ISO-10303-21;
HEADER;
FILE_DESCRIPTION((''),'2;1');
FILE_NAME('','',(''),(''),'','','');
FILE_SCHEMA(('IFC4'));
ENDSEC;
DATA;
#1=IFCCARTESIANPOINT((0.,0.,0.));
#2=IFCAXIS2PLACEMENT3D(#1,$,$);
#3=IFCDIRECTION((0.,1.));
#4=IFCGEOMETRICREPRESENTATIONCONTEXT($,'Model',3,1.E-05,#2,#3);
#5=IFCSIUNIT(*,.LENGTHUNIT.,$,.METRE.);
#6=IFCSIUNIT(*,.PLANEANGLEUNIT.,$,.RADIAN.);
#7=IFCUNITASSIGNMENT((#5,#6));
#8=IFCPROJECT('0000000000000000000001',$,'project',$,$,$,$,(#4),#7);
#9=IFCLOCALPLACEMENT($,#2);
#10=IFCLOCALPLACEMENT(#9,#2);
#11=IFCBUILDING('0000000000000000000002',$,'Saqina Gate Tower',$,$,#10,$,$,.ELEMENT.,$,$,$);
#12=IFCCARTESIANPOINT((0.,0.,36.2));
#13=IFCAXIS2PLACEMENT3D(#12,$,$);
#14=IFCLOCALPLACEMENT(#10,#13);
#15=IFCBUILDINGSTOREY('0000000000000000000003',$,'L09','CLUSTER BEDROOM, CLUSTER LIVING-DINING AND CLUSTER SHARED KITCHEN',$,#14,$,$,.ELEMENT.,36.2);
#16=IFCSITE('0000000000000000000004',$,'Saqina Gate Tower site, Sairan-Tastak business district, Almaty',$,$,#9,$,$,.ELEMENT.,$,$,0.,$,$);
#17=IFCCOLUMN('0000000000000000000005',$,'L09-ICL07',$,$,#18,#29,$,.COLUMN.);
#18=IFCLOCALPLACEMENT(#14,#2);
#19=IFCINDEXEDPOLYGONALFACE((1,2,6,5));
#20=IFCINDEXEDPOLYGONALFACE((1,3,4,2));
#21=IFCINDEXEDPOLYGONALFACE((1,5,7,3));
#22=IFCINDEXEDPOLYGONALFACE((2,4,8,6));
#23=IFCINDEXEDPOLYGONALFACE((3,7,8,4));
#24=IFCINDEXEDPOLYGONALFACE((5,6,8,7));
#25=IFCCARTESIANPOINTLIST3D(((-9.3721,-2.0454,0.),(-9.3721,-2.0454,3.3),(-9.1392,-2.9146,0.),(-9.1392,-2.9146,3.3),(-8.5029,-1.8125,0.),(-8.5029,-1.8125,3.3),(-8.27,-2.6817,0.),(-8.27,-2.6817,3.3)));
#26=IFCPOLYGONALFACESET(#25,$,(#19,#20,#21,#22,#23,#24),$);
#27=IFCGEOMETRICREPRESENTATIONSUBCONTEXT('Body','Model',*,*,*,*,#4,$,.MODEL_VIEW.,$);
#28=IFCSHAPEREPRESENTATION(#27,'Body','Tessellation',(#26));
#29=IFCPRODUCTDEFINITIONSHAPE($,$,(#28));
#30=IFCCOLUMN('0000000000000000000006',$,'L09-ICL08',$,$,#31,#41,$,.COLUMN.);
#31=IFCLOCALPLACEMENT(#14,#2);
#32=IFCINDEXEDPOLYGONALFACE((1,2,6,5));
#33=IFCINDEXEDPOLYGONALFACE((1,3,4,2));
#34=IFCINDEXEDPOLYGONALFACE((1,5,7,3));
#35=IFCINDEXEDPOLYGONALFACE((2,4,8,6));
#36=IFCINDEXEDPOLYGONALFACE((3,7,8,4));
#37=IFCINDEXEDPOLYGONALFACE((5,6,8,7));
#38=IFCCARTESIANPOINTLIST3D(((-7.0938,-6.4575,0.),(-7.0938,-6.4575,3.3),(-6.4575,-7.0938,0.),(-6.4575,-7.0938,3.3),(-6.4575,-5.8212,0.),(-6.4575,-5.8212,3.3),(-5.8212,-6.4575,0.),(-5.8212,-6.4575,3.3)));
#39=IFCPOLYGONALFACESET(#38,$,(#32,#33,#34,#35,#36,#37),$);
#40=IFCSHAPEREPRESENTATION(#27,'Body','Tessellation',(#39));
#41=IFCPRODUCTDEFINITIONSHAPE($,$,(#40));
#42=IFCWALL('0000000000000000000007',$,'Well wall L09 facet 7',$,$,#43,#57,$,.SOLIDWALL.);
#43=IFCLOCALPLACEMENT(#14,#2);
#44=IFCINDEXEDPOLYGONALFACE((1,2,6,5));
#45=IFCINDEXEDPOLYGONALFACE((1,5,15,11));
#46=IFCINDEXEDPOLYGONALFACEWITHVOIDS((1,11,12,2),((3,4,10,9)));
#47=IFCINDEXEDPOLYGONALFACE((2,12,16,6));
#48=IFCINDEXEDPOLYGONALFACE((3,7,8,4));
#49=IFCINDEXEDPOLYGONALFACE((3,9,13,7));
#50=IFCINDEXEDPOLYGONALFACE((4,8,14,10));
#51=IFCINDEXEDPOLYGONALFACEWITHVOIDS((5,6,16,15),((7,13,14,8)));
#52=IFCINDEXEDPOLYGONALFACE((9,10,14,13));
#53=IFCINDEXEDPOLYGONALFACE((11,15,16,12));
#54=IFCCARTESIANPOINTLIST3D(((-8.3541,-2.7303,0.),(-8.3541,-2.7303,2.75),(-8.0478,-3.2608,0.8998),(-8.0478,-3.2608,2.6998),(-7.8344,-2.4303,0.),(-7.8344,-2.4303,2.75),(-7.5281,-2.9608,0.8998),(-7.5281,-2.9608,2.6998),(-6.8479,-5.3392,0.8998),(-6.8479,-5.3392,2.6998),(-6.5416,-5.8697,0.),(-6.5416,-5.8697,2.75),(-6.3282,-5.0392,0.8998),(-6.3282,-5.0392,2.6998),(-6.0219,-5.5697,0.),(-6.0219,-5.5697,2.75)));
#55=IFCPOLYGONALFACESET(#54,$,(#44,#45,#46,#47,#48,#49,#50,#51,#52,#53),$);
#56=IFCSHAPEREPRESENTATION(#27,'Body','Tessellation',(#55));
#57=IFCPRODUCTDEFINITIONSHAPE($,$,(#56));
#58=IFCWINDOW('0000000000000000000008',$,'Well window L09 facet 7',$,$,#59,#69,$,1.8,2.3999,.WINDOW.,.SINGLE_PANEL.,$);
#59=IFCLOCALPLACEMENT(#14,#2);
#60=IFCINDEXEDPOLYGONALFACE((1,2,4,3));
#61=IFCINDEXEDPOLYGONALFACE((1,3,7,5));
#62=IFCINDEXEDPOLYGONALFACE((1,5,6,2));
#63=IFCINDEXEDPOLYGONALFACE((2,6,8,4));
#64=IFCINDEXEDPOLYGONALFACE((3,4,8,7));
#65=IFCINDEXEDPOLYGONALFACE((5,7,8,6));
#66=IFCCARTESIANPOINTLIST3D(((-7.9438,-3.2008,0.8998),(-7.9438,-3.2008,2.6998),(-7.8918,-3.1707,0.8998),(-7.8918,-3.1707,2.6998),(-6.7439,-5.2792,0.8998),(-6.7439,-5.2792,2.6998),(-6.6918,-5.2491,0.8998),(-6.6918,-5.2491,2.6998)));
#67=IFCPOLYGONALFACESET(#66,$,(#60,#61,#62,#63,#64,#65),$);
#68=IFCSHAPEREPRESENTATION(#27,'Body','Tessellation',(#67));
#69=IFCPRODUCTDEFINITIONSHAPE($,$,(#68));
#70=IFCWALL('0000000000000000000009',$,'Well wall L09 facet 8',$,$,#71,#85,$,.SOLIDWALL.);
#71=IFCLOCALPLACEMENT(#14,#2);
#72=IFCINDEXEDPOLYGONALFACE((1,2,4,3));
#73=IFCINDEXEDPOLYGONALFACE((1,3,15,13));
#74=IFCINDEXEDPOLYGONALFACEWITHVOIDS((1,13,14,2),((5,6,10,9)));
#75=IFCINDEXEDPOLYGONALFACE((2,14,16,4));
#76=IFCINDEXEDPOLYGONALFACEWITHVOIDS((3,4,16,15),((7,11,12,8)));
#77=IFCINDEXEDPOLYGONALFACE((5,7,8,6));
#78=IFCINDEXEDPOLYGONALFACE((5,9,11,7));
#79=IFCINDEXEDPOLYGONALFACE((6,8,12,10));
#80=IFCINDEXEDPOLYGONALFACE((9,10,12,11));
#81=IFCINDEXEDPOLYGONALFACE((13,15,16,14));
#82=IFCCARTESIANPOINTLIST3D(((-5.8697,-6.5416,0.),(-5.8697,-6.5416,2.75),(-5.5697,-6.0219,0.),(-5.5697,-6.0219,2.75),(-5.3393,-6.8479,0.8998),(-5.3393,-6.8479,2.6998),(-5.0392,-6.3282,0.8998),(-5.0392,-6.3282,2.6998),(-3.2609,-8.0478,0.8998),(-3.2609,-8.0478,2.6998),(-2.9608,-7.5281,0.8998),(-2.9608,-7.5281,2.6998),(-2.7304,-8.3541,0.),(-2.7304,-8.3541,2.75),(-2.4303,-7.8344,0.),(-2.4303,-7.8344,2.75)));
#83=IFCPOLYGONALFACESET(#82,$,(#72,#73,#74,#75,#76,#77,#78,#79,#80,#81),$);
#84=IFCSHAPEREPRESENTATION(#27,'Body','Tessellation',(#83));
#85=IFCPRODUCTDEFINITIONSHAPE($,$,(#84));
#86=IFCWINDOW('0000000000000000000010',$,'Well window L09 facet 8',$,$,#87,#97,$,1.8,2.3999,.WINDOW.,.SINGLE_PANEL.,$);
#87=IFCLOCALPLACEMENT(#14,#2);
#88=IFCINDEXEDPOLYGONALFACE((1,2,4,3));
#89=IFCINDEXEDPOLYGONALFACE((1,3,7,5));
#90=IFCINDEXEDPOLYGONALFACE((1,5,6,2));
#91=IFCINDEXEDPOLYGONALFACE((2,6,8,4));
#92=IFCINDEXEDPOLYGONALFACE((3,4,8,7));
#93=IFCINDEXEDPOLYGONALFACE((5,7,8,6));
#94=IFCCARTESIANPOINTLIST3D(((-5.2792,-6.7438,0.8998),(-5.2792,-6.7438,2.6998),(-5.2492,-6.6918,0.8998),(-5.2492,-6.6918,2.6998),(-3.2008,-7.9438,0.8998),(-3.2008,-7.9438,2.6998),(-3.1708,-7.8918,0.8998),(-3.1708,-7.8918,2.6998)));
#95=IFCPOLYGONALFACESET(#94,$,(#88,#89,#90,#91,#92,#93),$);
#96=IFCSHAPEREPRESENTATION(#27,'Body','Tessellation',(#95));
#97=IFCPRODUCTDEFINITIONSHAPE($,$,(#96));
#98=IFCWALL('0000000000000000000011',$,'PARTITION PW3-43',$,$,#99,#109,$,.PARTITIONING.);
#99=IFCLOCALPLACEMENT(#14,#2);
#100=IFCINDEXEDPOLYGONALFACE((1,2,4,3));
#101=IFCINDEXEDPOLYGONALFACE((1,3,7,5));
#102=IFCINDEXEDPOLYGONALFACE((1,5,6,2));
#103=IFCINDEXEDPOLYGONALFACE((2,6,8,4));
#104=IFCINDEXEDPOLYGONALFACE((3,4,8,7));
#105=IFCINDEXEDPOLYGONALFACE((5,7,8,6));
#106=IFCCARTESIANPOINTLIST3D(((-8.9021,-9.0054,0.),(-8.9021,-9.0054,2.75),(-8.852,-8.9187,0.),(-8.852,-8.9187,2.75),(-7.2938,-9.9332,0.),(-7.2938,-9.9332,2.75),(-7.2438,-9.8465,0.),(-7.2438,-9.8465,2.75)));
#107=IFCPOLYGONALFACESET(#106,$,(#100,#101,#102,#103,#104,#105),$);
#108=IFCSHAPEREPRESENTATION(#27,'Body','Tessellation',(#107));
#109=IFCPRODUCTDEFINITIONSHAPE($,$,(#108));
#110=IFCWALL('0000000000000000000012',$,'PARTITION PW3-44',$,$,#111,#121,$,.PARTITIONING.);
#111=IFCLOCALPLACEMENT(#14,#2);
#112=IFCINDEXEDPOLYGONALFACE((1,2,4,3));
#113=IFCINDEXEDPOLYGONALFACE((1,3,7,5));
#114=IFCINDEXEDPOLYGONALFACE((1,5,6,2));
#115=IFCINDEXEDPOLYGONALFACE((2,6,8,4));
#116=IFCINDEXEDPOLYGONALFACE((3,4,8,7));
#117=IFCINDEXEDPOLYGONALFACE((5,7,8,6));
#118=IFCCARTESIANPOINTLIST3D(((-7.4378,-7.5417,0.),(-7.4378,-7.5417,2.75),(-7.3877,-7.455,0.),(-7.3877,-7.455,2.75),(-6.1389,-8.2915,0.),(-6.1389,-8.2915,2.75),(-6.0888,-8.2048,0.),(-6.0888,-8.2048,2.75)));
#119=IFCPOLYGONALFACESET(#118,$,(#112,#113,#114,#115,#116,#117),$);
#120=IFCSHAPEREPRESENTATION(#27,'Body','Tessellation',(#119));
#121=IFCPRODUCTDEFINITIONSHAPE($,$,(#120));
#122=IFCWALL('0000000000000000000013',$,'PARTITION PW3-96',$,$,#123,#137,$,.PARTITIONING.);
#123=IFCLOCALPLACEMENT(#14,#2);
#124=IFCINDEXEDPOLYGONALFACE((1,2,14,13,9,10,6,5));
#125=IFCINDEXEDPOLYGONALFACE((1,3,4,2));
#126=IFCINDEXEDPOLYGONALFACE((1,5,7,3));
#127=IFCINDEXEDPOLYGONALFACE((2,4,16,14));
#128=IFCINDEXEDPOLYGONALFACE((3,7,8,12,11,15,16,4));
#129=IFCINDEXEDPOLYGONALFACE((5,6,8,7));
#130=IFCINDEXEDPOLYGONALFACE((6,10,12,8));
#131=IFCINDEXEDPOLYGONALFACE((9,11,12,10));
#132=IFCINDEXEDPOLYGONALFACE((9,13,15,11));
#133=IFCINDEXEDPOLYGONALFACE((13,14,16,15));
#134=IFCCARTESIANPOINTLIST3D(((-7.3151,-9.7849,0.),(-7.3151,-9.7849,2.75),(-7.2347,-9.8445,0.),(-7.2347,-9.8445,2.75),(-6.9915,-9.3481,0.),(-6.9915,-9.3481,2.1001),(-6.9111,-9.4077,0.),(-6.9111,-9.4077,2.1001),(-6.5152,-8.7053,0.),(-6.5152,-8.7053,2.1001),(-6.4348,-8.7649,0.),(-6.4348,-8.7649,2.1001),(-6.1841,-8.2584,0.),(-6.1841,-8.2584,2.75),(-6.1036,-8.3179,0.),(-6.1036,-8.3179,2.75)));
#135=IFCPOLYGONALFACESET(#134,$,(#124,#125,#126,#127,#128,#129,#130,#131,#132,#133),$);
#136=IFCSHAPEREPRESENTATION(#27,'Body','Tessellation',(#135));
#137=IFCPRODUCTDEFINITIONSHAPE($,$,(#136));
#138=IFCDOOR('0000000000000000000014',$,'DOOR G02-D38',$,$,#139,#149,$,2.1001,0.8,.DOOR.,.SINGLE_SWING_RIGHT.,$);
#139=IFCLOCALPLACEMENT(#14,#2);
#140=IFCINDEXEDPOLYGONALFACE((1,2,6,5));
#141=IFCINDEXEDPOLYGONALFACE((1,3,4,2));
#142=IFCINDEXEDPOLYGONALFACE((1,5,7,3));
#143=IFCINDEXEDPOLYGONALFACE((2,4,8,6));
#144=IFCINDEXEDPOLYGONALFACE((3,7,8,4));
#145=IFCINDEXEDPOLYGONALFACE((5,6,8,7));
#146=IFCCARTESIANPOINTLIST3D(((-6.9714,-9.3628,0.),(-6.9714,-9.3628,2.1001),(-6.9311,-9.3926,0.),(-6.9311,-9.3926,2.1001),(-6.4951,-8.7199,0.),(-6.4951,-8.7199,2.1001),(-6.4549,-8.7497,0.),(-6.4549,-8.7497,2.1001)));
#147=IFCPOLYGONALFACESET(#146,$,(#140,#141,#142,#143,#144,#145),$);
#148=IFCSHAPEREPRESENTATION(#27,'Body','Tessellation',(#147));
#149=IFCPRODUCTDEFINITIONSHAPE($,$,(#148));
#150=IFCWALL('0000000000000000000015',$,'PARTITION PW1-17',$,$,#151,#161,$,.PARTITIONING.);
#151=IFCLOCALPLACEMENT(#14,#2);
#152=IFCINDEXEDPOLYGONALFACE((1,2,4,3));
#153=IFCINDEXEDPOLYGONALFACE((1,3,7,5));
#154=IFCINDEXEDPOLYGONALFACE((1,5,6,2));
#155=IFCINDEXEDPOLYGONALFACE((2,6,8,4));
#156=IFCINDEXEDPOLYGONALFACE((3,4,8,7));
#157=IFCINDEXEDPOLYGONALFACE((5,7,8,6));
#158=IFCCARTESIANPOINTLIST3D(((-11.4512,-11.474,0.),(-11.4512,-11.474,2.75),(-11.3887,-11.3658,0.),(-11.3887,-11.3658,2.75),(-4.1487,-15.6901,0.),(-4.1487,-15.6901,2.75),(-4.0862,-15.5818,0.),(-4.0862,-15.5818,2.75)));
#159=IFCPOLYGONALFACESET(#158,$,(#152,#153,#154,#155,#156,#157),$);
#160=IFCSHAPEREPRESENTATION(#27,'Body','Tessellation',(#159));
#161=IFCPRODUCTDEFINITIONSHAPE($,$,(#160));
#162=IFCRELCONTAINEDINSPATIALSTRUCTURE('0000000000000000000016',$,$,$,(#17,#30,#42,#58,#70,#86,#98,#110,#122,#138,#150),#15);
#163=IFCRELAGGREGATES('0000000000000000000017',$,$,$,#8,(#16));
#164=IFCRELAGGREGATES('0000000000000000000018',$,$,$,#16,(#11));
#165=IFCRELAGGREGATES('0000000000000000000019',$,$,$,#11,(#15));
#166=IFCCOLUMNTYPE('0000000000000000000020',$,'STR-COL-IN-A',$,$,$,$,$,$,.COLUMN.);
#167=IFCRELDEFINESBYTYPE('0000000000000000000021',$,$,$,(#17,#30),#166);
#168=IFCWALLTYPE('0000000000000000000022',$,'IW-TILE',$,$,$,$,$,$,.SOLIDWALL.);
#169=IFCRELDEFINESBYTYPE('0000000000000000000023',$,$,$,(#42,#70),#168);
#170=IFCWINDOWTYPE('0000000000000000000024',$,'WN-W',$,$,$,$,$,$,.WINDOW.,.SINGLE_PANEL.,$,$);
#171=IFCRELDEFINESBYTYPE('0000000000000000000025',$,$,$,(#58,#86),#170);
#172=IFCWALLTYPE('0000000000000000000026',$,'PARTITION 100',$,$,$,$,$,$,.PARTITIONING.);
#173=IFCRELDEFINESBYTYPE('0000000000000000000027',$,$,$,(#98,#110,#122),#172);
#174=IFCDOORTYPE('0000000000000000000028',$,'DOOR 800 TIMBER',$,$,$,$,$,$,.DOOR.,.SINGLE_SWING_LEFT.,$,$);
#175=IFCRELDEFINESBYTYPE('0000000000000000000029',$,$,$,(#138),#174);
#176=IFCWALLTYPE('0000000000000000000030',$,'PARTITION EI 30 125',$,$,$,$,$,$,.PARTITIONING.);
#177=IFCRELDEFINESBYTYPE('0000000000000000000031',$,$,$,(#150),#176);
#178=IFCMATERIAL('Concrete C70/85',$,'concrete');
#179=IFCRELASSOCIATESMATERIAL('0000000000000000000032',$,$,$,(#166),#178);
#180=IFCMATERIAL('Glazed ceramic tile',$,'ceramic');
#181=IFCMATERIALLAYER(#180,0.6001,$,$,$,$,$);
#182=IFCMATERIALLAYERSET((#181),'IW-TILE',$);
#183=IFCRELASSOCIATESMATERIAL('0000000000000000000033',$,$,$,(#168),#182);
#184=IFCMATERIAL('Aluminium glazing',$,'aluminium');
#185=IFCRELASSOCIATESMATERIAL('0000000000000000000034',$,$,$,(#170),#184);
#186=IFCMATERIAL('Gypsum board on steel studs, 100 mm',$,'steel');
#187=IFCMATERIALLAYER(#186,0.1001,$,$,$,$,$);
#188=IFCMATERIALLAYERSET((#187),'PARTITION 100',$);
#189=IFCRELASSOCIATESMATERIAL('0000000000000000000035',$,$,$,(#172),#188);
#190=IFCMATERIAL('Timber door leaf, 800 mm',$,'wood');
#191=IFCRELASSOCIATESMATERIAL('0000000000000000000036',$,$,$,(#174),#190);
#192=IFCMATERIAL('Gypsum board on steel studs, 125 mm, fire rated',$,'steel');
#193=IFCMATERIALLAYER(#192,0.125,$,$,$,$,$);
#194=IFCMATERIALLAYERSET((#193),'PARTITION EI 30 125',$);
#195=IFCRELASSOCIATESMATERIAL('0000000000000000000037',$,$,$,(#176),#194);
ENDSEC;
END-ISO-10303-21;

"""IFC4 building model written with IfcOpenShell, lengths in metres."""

from ifc_helpers import new_model, si_unit, direction, frame, frame_2d, origin, origin_2d, place, context, subcontext, project, spatial, rectangle, extrude, material, layer, layer_set, material_profile, profile_set, type_object, element, fill, save


model = new_model("IFC4")

# Units and contexts
model_context = context("Model", 3, precision=1e-05, world=origin(), true_north=direction((0.0, 1.0)))
body_context = subcontext(model_context, "Body", "Model", "MODEL_VIEW")
ifc_project = project(units=[si_unit("LENGTHUNIT", "METRE"), si_unit("PLANEANGLEUNIT", "RADIAN")], contexts=[model_context])

# Site, building, storey
site_placement = place(None, origin())
site = spatial("IfcSite", under=ifc_project, at=site_placement, Name="Saqina Gate Tower site, Sairan-Tastak business district, Almaty", CompositionType="ELEMENT", RefElevation=0.0)
building_placement = place(site_placement, origin())
building = spatial("IfcBuilding", under=site, at=building_placement, Name="Saqina Gate Tower", CompositionType="ELEMENT")
storey_placement = place(building_placement, frame((0.0, 0.0, 36.2)))
storey = spatial("IfcBuildingStorey", under=building, at=storey_placement, Name="L09", Description="CLUSTER BEDROOM, CLUSTER LIVING-DINING AND CLUSTER SHARED KITCHEN", CompositionType="ELEMENT", Elevation=36.2)

# Columns
ifc_material_1 = material(Name="Concrete C70/85", Category="concrete")
ifc_material_profile = material_profile(ifc_material_1, rectangle(XDim=0.8999, YDim=0.8999, at=origin_2d()), Name="RC 900x900")
ifc_profile_set = profile_set([ifc_material_profile], Name="Concrete C70/85")
column_type = type_object("IfcColumnType", Name="STR-COL-IN-A", PredefinedType="COLUMN", material=ifc_profile_set)
for number, where, z_axis, x_axis, name in (
    (1, (-8.821, -2.3635, 0.0), (0.0, 0.0, 1.0), (-0.965926, -0.258819, 0.0), "L09-ICL07"),
    (2, (-6.4575, -6.4575, 0.0), (0.0, 0.0, 1.0), (-0.707107, -0.707107, 0.0), "L09-ICL08"),
):
    element("IfcColumn", number, at=place(storey_placement, frame(where, z_axis=z_axis, x_axis=x_axis)), inside=storey, type_object=column_type, Name=name, PredefinedType="COLUMN", context=body_context, shape_type="SweptSolid", body=[
        extrude(rectangle(XDim=0.8999, YDim=0.8999, at=origin_2d()), origin(), (0.0, 0.0, 1.0), 3.3),
    ])

# Walls, openings, windows
ifc_material_2 = material(Name="Glazed ceramic tile", Category="ceramic")
ifc_layer_1 = layer(ifc_material_2, 0.6001)
ifc_layer_set_1 = layer_set([ifc_layer_1], Name="IW-TILE")
wall_type_1 = type_object("IfcWallType", Name="IW-TILE", PredefinedType="SOLIDWALL", material=ifc_layer_set_1)
wall_1_placement = place(storey_placement, frame((-8.0942, -2.5803, 0.0), z_axis=(0.0, 0.0, 1.0), x_axis=(0.499993, -0.86603, 0.0)))
wall_1 = element("IfcWall", 3, at=wall_1_placement, inside=storey, type_object=wall_type_1, Name="Well wall L09 facet 7", PredefinedType="SOLIDWALL", context=body_context, shape_type="SweptSolid", body=[
    extrude(rectangle(XDim=3.625, YDim=0.6001, at=frame_2d((1.8125, 0.0))), origin(), (0.0, 0.0, 1.0), 2.75),
])
opening_1_placement = place(wall_1_placement, frame((0.6125, 0.0, 0.8999)))
opening_1 = element("IfcOpeningElement", 4, at=opening_1_placement, cuts=wall_1, PredefinedType="OPENING", context=body_context, shape_type="SweptSolid", body=[
    extrude(rectangle(XDim=2.3999, YDim=1.8, at=frame_2d((1.2, 0.8999))), frame((0.0, 0.312, 0.0), z_axis=(0.0, -1.0, 0.0), x_axis=(1.0, 0.0, 0.0)), (0.0, 0.0, 1.0), 0.624),
])
ifc_material_3 = material(Name="Aluminium glazing", Category="aluminium")
window_type = type_object("IfcWindowType", Name="WN-W", PartitioningType="SINGLE_PANEL", PredefinedType="WINDOW", material=ifc_material_3)
window_1_placement = place(opening_1_placement, origin())
window_1 = element("IfcWindow", 5, at=window_1_placement, inside=storey, type_object=window_type, Name="Well window L09 facet 7", OverallHeight=1.8, OverallWidth=2.3999, PartitioningType="SINGLE_PANEL", PredefinedType="WINDOW", context=body_context, shape_type="SweptSolid", body=[
    extrude(rectangle(XDim=2.3999, YDim=1.8, at=frame_2d((1.2, 0.8999))), frame((0.0, -0.1199, 0.0), z_axis=(0.0, -1.0, 0.0), x_axis=(1.0, 0.0, 0.0)), (0.0, 0.0, 1.0), 0.0601),
])
fill(opening_1, window_1)
wall_2_placement = place(storey_placement, frame((-5.7197, -6.2817, 0.0), z_axis=(0.0, 0.0, 1.0), x_axis=(0.86603, -0.499993, 0.0)))
wall_2 = element("IfcWall", 6, at=wall_2_placement, inside=storey, type_object=wall_type_1, Name="Well wall L09 facet 8", PredefinedType="SOLIDWALL", context=body_context, shape_type="SweptSolid", body=[
    extrude(rectangle(XDim=3.625, YDim=0.6001, at=frame_2d((1.8125, 0.0))), origin(), (0.0, 0.0, 1.0), 2.75),
])
opening_2_placement = place(wall_2_placement, frame((0.6125, 0.0, 0.8999)))
opening_2 = element("IfcOpeningElement", 7, at=opening_2_placement, cuts=wall_2, PredefinedType="OPENING", context=body_context, shape_type="SweptSolid", body=[
    extrude(rectangle(XDim=2.3999, YDim=1.8, at=frame_2d((1.2, 0.8999))), frame((0.0, 0.312, 0.0), z_axis=(0.0, -1.0, 0.0), x_axis=(1.0, 0.0, 0.0)), (0.0, 0.0, 1.0), 0.624),
])
window_2_placement = place(opening_2_placement, origin())
window_2 = element("IfcWindow", 8, at=window_2_placement, inside=storey, type_object=window_type, Name="Well window L09 facet 8", OverallHeight=1.8, OverallWidth=2.3999, PartitioningType="SINGLE_PANEL", PredefinedType="WINDOW", context=body_context, shape_type="SweptSolid", body=[
    extrude(rectangle(XDim=2.3999, YDim=1.8, at=frame_2d((1.2, 0.8999))), frame((0.0, -0.1199, 0.0), z_axis=(0.0, -1.0, 0.0), x_axis=(1.0, 0.0, 0.0)), (0.0, 0.0, 1.0), 0.0601),
])
fill(opening_2, window_2)

# Walls
ifc_material_4 = material(Name="Gypsum board on steel studs, 100 mm", Category="steel")
ifc_layer_2 = layer(ifc_material_4, 0.1001)
ifc_layer_set_2 = layer_set([ifc_layer_2], Name="PARTITION 100")
wall_type_2 = type_object("IfcWallType", Name="PARTITION 100", PredefinedType="PARTITIONING", material=ifc_layer_set_2)
wall_3_placement = place(storey_placement, frame((-8.877, -8.9622, 0.0), z_axis=(0.0, 0.0, 1.0), x_axis=(0.866197, -0.499703, 0.0)))
element("IfcWall", 9, at=wall_3_placement, inside=storey, type_object=wall_type_2, Name="PARTITION PW3-43", PredefinedType="PARTITIONING", context=body_context, shape_type="SweptSolid", body=[
    extrude(rectangle(XDim=1.8567, YDim=0.1001, at=frame_2d((0.9282, 0.0))), origin(), (0.0, 0.0, 1.0), 2.75),
])
wall_4_placement = place(storey_placement, frame((-7.4128, -7.4983, 0.0), z_axis=(0.0, 0.0, 1.0), x_axis=(0.866061, -0.499939, 0.0)))
element("IfcWall", 10, at=wall_4_placement, inside=storey, type_object=wall_type_2, Name="PARTITION PW3-44", PredefinedType="PARTITIONING", context=body_context, shape_type="SweptSolid", body=[
    extrude(rectangle(XDim=1.4998, YDim=0.1001, at=frame_2d((0.75, 0.0))), origin(), (0.0, 0.0, 1.0), 2.75),
])

# Wall, opening, door
wall_5_placement = place(storey_placement, frame((-7.2749, -9.8147, 0.0), z_axis=(0.0, 0.0, 1.0), x_axis=(0.595323, 0.803487, 0.0)))
wall_5 = element("IfcWall", 11, at=wall_5_placement, inside=storey, type_object=wall_type_2, Name="PARTITION PW3-96", PredefinedType="PARTITIONING", context=body_context, shape_type="SweptSolid", body=[
    extrude(rectangle(XDim=1.8999, YDim=0.1001, at=frame_2d((0.95, 0.0))), origin(), (0.0, 0.0, 1.0), 2.75),
])
opening_3_placement = place(wall_5_placement, frame((0.5437, 0.0, 0.0)))
opening_3 = element("IfcOpeningElement", 12, at=opening_3_placement, cuts=wall_5, PredefinedType="OPENING", context=body_context, shape_type="SweptSolid", body=[
    extrude(rectangle(XDim=0.8, YDim=2.1001, at=frame_2d((0.3999, 1.05))), frame((0.0, 0.062, 0.0), z_axis=(0.0, -1.0, 0.0), x_axis=(1.0, 0.0, 0.0)), (0.0, 0.0, 1.0), 0.124),
])
ifc_material_5 = material(Name="Timber door leaf, 800 mm", Category="wood")
door_type_1 = type_object("IfcDoorType", Name="DOOR 800 TIMBER", OperationType="SINGLE_SWING_LEFT", PredefinedType="DOOR", material=ifc_material_5)
door_1_placement = place(opening_3_placement, frame((0.8, 0.0, 0.0), z_axis=(0.0, 0.0, 1.0), x_axis=(-1.0, 0.0, 0.0)))
door_1 = element("IfcDoor", 13, at=door_1_placement, inside=storey, type_object=door_type_1, Name="DOOR G02-D38", OperationType="SINGLE_SWING_RIGHT", OverallHeight=2.1001, OverallWidth=0.8, PredefinedType="DOOR", context=body_context, shape_type="SweptSolid", body=[
    extrude(rectangle(XDim=0.8, YDim=2.1001, at=frame_2d((0.3999, 1.05))), frame((0.0, 0.0249, 0.0), z_axis=(0.0, -1.0, 0.0), x_axis=(1.0, 0.0, 0.0)), (0.0, 0.0, 1.0), 0.05),
])
fill(opening_3, door_1)

# Wall
ifc_material_6 = material(Name="Gypsum board on steel studs, 125 mm, fire rated", Category="steel")
ifc_layer_3 = layer(ifc_material_6, 0.125)
ifc_layer_set_3 = layer_set([ifc_layer_3], Name="PARTITION EI 30 125")
wall_type_3 = type_object("IfcWallType", Name="PARTITION EI 30 125", PredefinedType="PARTITIONING", material=ifc_layer_set_3)
wall_6_placement = place(storey_placement, frame((-11.4199, -11.4199, 0.0), z_axis=(0.0, 0.0, 1.0), x_axis=(0.866027, -0.499997, 0.0)))
element("IfcWall", 14, at=wall_6_placement, inside=storey, type_object=wall_type_3, Name="PARTITION PW1-17", PredefinedType="PARTITIONING", context=body_context, shape_type="SweptSolid", body=[
    extrude(rectangle(XDim=8.4321, YDim=0.125, at=frame_2d((4.2161, 0.0))), origin(), (0.0, 0.0, 1.0), 2.75),
])

save(model, "model.ifc")
